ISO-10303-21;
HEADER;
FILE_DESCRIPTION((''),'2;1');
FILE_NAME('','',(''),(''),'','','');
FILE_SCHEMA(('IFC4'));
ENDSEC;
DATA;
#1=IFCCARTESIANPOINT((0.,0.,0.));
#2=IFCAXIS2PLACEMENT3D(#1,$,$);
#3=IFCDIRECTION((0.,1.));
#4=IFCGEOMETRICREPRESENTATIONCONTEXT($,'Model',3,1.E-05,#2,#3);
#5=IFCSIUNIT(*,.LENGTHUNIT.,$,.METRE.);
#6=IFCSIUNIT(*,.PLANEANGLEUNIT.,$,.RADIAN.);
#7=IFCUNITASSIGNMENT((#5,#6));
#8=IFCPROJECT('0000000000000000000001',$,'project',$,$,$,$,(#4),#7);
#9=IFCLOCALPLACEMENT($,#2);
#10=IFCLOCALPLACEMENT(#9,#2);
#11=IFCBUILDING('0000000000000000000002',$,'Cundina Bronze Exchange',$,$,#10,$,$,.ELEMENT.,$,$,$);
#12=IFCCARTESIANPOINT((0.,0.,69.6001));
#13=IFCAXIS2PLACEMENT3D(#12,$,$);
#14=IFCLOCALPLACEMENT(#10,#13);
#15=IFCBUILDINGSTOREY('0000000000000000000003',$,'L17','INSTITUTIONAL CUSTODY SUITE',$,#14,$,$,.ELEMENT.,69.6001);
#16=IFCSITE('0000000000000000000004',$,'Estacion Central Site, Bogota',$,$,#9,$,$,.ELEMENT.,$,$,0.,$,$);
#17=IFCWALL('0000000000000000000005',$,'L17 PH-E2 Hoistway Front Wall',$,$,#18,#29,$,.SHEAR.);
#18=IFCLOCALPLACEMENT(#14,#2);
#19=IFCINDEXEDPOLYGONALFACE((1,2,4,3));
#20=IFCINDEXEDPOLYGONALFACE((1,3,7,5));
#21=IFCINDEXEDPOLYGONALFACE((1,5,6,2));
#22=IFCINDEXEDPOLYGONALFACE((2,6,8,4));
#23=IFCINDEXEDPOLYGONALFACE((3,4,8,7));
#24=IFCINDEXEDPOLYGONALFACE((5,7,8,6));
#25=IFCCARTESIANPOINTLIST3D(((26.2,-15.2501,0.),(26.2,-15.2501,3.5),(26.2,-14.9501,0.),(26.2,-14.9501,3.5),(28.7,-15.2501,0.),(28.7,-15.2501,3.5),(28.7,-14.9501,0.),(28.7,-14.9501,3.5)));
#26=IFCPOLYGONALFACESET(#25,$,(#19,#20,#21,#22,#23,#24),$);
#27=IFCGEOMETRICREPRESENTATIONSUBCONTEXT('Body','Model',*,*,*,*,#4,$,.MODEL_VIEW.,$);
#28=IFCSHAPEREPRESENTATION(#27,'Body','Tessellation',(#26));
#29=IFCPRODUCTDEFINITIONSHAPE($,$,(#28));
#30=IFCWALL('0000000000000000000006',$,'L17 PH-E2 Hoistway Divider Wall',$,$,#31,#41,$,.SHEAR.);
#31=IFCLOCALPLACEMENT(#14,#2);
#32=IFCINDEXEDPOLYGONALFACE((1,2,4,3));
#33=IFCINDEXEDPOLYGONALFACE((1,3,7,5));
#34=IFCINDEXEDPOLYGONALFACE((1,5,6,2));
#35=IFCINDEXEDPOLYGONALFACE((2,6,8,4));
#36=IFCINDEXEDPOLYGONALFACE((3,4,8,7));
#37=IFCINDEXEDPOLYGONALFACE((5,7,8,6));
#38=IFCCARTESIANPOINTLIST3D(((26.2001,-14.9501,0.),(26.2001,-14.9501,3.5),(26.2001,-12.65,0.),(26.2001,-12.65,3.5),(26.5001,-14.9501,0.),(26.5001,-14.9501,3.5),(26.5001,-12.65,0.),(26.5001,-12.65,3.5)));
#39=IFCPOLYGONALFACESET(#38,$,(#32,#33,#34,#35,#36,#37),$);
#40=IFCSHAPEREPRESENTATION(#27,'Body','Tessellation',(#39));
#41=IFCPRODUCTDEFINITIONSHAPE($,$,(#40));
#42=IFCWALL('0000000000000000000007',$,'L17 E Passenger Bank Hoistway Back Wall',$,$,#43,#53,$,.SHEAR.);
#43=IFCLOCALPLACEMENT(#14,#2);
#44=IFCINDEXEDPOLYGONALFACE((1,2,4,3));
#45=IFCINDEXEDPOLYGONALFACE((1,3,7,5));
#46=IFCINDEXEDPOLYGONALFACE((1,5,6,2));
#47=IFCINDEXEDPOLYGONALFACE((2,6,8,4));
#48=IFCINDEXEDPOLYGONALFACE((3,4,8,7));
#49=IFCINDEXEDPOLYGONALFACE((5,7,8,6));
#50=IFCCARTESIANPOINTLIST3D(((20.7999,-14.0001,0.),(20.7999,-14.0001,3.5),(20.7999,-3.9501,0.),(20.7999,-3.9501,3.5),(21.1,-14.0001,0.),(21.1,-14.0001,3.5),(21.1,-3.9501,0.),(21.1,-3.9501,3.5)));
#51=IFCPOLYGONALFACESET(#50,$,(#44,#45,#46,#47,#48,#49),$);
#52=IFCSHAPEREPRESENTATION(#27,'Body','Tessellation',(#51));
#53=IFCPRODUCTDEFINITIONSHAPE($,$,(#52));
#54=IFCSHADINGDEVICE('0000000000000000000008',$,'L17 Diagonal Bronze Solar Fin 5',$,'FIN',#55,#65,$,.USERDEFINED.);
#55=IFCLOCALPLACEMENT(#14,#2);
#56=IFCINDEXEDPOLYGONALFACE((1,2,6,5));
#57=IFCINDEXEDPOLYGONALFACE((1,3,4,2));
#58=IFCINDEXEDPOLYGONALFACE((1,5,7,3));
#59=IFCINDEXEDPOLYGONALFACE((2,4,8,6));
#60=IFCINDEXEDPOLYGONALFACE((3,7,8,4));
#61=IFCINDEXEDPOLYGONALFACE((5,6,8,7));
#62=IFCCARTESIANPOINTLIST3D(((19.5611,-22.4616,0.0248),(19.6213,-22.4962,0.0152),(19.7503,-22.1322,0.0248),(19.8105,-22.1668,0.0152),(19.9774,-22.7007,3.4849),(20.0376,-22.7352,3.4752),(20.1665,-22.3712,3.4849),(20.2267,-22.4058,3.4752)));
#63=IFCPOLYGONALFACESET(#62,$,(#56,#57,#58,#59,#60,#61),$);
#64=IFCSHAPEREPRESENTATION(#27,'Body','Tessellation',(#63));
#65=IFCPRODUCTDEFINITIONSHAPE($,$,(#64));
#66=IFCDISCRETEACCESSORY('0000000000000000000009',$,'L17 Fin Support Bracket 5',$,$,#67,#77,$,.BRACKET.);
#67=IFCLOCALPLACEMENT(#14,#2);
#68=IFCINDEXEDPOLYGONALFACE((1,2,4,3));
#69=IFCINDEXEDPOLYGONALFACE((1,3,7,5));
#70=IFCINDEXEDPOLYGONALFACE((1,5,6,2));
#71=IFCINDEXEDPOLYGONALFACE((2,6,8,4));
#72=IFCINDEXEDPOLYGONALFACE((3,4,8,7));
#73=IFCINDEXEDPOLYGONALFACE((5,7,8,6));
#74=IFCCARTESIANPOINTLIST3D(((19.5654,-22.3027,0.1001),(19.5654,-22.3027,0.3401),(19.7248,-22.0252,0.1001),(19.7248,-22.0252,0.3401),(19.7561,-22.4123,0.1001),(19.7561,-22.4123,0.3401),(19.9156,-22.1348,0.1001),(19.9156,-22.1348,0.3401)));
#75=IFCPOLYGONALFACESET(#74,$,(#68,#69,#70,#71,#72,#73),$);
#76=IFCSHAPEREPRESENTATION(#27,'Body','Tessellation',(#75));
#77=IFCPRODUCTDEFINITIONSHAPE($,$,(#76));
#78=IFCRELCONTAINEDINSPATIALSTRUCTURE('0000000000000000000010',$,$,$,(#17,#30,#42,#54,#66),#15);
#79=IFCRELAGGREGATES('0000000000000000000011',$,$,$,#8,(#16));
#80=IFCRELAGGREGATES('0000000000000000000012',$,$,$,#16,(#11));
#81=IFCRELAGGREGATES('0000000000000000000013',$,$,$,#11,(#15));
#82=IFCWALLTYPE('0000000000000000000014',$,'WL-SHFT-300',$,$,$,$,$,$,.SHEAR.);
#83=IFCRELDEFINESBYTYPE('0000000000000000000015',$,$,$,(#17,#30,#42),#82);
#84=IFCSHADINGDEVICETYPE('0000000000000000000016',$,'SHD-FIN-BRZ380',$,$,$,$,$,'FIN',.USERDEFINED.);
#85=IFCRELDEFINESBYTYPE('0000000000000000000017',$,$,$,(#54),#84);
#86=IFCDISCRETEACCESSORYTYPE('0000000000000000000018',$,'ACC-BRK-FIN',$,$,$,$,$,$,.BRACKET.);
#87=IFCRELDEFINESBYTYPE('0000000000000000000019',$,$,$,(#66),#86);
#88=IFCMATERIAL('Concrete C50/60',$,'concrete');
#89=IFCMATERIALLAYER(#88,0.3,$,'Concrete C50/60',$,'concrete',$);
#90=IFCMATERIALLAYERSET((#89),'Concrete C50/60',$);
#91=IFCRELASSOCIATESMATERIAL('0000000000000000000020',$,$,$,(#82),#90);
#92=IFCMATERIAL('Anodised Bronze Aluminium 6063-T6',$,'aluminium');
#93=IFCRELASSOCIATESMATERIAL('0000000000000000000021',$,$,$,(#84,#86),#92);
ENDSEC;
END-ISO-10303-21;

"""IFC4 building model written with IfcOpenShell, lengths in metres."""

from ifc_helpers import new_model, si_unit, direction, frame, frame_2d, origin, origin_2d, place, context, subcontext, project, spatial, rectangle, extrude, material, layer, layer_set, material_profile, profile_set, type_object, element, save


model = new_model("IFC4")

# Units and contexts
model_context = context("Model", 3, precision=1e-05, world=origin(), true_north=direction((0.0, 1.0)))
body_context = subcontext(model_context, "Body", "Model", "MODEL_VIEW")
ifc_project = project(units=[si_unit("LENGTHUNIT", "METRE"), si_unit("PLANEANGLEUNIT", "RADIAN")], contexts=[model_context])

# Site, building, storey
site_placement = place(None, origin())
site = spatial("IfcSite", under=ifc_project, at=site_placement, Name="Estacion Central Site, Bogota", CompositionType="ELEMENT", RefElevation=0.0)
building_placement = place(site_placement, origin())
building = spatial("IfcBuilding", under=site, at=building_placement, Name="Cundina Bronze Exchange", CompositionType="ELEMENT")
storey_placement = place(building_placement, frame((0.0, 0.0, 69.6001)))
storey = spatial("IfcBuildingStorey", under=building, at=storey_placement, Name="L17", Description="INSTITUTIONAL CUSTODY SUITE", CompositionType="ELEMENT", Elevation=69.6001)

# Shared definitions
ifc_material_1 = material(Name="Anodised Bronze Aluminium 6063-T6", Category="aluminium")

# Walls
ifc_material_2 = material(Name="Concrete C50/60", Category="concrete")
ifc_layer_1 = layer(ifc_material_2, 0.3, Name="Concrete C50/60", Category="concrete")
ifc_layer_set_1 = layer_set([ifc_layer_1], Name="Concrete C50/60")
wall_type_1 = type_object("IfcWallType", Name="WL-SHFT-300", PredefinedType="SHEAR", material=ifc_layer_set_1)
wall_1_placement = place(storey_placement, frame((26.2, -15.1001, 0.0), z_axis=(0.0, 0.0, 1.0), x_axis=(1.0, 0.0, 0.0)))
element("IfcWall", 1, at=wall_1_placement, inside=storey, type_object=wall_type_1, Name="L17 PH-E2 Hoistway Front Wall", PredefinedType="SHEAR", context=body_context, shape_type="SweptSolid", body=[
    extrude(rectangle(XDim=2.5, YDim=0.3, at=frame_2d((1.25, 0.0))), origin(), (0.0, 0.0, 1.0), 3.5),
])
wall_2_placement = place(storey_placement, frame((26.3501, -14.95, 0.0), z_axis=(0.0, 0.0, 1.0), x_axis=(0.0, 1.0, 0.0)))
element("IfcWall", 2, at=wall_2_placement, inside=storey, type_object=wall_type_1, Name="L17 PH-E2 Hoistway Divider Wall", PredefinedType="SHEAR", context=body_context, shape_type="SweptSolid", body=[
    extrude(rectangle(XDim=2.3, YDim=0.3, at=frame_2d((1.1499, 0.0))), origin(), (0.0, 0.0, 1.0), 3.5),
])
wall_3_placement = place(storey_placement, frame((20.95, -14.0, 0.0), z_axis=(0.0, 0.0, 1.0), x_axis=(0.0, 1.0, 0.0)))
element("IfcWall", 3, at=wall_3_placement, inside=storey, type_object=wall_type_1, Name="L17 E Passenger Bank Hoistway Back Wall", PredefinedType="SHEAR", context=body_context, shape_type="SweptSolid", body=[
    extrude(rectangle(XDim=10.05, YDim=0.3, at=frame_2d((5.0249, 0.0))), origin(), (0.0, 0.0, 1.0), 3.5),
])

# Shading device
ifc_material_profile_1 = material_profile(ifc_material_1, rectangle(XDim=0.0701, YDim=0.3799, at=origin_2d()), Name="FIN70X380", Category="aluminium")
ifc_profile_set_1 = profile_set([ifc_material_profile_1], Name="Anodised Bronze Aluminium 6063-T6")
shading_device_type = type_object("IfcShadingDeviceType", Name="SHD-FIN-BRZ380", ElementType="FIN", PredefinedType="USERDEFINED", material=ifc_profile_set_1)
shading_device_placement = place(storey_placement, frame((19.6858, -22.3142, 0.02), z_axis=(0.119166, -0.068425, 0.990514), x_axis=(-0.858982, 0.493222, 0.137414)))
element("IfcShadingDevice", 4, at=shading_device_placement, inside=storey, type_object=shading_device_type, Name="L17 Diagonal Bronze Solar Fin 5", ObjectType="FIN", PredefinedType="USERDEFINED", context=body_context, shape_type="SweptSolid", body=[
    extrude(rectangle(XDim=0.0701, YDim=0.3799, at=origin_2d()), origin(), (0.0, 0.0, 1.0), 3.4932),
])

# Discrete accessory
discrete_accessory_type = type_object("IfcDiscreteAccessoryType", Name="ACC-BRK-FIN", PredefinedType="BRACKET", material=ifc_material_1)
discrete_accessory_placement = place(storey_placement, frame((19.7405, -22.2188, 0.1001), z_axis=(0.0, 0.0, 1.0), x_axis=(0.867105, -0.498125, 0.0)))
element("IfcDiscreteAccessory", 5, at=discrete_accessory_placement, inside=storey, type_object=discrete_accessory_type, Name="L17 Fin Support Bracket 5", PredefinedType="BRACKET", context=body_context, shape_type="SweptSolid", body=[
    extrude(rectangle(XDim=0.22, YDim=0.3201, at=origin_2d()), origin(), (0.0, 0.0, 1.0), 0.24),
])

save(model, "model.ifc")
